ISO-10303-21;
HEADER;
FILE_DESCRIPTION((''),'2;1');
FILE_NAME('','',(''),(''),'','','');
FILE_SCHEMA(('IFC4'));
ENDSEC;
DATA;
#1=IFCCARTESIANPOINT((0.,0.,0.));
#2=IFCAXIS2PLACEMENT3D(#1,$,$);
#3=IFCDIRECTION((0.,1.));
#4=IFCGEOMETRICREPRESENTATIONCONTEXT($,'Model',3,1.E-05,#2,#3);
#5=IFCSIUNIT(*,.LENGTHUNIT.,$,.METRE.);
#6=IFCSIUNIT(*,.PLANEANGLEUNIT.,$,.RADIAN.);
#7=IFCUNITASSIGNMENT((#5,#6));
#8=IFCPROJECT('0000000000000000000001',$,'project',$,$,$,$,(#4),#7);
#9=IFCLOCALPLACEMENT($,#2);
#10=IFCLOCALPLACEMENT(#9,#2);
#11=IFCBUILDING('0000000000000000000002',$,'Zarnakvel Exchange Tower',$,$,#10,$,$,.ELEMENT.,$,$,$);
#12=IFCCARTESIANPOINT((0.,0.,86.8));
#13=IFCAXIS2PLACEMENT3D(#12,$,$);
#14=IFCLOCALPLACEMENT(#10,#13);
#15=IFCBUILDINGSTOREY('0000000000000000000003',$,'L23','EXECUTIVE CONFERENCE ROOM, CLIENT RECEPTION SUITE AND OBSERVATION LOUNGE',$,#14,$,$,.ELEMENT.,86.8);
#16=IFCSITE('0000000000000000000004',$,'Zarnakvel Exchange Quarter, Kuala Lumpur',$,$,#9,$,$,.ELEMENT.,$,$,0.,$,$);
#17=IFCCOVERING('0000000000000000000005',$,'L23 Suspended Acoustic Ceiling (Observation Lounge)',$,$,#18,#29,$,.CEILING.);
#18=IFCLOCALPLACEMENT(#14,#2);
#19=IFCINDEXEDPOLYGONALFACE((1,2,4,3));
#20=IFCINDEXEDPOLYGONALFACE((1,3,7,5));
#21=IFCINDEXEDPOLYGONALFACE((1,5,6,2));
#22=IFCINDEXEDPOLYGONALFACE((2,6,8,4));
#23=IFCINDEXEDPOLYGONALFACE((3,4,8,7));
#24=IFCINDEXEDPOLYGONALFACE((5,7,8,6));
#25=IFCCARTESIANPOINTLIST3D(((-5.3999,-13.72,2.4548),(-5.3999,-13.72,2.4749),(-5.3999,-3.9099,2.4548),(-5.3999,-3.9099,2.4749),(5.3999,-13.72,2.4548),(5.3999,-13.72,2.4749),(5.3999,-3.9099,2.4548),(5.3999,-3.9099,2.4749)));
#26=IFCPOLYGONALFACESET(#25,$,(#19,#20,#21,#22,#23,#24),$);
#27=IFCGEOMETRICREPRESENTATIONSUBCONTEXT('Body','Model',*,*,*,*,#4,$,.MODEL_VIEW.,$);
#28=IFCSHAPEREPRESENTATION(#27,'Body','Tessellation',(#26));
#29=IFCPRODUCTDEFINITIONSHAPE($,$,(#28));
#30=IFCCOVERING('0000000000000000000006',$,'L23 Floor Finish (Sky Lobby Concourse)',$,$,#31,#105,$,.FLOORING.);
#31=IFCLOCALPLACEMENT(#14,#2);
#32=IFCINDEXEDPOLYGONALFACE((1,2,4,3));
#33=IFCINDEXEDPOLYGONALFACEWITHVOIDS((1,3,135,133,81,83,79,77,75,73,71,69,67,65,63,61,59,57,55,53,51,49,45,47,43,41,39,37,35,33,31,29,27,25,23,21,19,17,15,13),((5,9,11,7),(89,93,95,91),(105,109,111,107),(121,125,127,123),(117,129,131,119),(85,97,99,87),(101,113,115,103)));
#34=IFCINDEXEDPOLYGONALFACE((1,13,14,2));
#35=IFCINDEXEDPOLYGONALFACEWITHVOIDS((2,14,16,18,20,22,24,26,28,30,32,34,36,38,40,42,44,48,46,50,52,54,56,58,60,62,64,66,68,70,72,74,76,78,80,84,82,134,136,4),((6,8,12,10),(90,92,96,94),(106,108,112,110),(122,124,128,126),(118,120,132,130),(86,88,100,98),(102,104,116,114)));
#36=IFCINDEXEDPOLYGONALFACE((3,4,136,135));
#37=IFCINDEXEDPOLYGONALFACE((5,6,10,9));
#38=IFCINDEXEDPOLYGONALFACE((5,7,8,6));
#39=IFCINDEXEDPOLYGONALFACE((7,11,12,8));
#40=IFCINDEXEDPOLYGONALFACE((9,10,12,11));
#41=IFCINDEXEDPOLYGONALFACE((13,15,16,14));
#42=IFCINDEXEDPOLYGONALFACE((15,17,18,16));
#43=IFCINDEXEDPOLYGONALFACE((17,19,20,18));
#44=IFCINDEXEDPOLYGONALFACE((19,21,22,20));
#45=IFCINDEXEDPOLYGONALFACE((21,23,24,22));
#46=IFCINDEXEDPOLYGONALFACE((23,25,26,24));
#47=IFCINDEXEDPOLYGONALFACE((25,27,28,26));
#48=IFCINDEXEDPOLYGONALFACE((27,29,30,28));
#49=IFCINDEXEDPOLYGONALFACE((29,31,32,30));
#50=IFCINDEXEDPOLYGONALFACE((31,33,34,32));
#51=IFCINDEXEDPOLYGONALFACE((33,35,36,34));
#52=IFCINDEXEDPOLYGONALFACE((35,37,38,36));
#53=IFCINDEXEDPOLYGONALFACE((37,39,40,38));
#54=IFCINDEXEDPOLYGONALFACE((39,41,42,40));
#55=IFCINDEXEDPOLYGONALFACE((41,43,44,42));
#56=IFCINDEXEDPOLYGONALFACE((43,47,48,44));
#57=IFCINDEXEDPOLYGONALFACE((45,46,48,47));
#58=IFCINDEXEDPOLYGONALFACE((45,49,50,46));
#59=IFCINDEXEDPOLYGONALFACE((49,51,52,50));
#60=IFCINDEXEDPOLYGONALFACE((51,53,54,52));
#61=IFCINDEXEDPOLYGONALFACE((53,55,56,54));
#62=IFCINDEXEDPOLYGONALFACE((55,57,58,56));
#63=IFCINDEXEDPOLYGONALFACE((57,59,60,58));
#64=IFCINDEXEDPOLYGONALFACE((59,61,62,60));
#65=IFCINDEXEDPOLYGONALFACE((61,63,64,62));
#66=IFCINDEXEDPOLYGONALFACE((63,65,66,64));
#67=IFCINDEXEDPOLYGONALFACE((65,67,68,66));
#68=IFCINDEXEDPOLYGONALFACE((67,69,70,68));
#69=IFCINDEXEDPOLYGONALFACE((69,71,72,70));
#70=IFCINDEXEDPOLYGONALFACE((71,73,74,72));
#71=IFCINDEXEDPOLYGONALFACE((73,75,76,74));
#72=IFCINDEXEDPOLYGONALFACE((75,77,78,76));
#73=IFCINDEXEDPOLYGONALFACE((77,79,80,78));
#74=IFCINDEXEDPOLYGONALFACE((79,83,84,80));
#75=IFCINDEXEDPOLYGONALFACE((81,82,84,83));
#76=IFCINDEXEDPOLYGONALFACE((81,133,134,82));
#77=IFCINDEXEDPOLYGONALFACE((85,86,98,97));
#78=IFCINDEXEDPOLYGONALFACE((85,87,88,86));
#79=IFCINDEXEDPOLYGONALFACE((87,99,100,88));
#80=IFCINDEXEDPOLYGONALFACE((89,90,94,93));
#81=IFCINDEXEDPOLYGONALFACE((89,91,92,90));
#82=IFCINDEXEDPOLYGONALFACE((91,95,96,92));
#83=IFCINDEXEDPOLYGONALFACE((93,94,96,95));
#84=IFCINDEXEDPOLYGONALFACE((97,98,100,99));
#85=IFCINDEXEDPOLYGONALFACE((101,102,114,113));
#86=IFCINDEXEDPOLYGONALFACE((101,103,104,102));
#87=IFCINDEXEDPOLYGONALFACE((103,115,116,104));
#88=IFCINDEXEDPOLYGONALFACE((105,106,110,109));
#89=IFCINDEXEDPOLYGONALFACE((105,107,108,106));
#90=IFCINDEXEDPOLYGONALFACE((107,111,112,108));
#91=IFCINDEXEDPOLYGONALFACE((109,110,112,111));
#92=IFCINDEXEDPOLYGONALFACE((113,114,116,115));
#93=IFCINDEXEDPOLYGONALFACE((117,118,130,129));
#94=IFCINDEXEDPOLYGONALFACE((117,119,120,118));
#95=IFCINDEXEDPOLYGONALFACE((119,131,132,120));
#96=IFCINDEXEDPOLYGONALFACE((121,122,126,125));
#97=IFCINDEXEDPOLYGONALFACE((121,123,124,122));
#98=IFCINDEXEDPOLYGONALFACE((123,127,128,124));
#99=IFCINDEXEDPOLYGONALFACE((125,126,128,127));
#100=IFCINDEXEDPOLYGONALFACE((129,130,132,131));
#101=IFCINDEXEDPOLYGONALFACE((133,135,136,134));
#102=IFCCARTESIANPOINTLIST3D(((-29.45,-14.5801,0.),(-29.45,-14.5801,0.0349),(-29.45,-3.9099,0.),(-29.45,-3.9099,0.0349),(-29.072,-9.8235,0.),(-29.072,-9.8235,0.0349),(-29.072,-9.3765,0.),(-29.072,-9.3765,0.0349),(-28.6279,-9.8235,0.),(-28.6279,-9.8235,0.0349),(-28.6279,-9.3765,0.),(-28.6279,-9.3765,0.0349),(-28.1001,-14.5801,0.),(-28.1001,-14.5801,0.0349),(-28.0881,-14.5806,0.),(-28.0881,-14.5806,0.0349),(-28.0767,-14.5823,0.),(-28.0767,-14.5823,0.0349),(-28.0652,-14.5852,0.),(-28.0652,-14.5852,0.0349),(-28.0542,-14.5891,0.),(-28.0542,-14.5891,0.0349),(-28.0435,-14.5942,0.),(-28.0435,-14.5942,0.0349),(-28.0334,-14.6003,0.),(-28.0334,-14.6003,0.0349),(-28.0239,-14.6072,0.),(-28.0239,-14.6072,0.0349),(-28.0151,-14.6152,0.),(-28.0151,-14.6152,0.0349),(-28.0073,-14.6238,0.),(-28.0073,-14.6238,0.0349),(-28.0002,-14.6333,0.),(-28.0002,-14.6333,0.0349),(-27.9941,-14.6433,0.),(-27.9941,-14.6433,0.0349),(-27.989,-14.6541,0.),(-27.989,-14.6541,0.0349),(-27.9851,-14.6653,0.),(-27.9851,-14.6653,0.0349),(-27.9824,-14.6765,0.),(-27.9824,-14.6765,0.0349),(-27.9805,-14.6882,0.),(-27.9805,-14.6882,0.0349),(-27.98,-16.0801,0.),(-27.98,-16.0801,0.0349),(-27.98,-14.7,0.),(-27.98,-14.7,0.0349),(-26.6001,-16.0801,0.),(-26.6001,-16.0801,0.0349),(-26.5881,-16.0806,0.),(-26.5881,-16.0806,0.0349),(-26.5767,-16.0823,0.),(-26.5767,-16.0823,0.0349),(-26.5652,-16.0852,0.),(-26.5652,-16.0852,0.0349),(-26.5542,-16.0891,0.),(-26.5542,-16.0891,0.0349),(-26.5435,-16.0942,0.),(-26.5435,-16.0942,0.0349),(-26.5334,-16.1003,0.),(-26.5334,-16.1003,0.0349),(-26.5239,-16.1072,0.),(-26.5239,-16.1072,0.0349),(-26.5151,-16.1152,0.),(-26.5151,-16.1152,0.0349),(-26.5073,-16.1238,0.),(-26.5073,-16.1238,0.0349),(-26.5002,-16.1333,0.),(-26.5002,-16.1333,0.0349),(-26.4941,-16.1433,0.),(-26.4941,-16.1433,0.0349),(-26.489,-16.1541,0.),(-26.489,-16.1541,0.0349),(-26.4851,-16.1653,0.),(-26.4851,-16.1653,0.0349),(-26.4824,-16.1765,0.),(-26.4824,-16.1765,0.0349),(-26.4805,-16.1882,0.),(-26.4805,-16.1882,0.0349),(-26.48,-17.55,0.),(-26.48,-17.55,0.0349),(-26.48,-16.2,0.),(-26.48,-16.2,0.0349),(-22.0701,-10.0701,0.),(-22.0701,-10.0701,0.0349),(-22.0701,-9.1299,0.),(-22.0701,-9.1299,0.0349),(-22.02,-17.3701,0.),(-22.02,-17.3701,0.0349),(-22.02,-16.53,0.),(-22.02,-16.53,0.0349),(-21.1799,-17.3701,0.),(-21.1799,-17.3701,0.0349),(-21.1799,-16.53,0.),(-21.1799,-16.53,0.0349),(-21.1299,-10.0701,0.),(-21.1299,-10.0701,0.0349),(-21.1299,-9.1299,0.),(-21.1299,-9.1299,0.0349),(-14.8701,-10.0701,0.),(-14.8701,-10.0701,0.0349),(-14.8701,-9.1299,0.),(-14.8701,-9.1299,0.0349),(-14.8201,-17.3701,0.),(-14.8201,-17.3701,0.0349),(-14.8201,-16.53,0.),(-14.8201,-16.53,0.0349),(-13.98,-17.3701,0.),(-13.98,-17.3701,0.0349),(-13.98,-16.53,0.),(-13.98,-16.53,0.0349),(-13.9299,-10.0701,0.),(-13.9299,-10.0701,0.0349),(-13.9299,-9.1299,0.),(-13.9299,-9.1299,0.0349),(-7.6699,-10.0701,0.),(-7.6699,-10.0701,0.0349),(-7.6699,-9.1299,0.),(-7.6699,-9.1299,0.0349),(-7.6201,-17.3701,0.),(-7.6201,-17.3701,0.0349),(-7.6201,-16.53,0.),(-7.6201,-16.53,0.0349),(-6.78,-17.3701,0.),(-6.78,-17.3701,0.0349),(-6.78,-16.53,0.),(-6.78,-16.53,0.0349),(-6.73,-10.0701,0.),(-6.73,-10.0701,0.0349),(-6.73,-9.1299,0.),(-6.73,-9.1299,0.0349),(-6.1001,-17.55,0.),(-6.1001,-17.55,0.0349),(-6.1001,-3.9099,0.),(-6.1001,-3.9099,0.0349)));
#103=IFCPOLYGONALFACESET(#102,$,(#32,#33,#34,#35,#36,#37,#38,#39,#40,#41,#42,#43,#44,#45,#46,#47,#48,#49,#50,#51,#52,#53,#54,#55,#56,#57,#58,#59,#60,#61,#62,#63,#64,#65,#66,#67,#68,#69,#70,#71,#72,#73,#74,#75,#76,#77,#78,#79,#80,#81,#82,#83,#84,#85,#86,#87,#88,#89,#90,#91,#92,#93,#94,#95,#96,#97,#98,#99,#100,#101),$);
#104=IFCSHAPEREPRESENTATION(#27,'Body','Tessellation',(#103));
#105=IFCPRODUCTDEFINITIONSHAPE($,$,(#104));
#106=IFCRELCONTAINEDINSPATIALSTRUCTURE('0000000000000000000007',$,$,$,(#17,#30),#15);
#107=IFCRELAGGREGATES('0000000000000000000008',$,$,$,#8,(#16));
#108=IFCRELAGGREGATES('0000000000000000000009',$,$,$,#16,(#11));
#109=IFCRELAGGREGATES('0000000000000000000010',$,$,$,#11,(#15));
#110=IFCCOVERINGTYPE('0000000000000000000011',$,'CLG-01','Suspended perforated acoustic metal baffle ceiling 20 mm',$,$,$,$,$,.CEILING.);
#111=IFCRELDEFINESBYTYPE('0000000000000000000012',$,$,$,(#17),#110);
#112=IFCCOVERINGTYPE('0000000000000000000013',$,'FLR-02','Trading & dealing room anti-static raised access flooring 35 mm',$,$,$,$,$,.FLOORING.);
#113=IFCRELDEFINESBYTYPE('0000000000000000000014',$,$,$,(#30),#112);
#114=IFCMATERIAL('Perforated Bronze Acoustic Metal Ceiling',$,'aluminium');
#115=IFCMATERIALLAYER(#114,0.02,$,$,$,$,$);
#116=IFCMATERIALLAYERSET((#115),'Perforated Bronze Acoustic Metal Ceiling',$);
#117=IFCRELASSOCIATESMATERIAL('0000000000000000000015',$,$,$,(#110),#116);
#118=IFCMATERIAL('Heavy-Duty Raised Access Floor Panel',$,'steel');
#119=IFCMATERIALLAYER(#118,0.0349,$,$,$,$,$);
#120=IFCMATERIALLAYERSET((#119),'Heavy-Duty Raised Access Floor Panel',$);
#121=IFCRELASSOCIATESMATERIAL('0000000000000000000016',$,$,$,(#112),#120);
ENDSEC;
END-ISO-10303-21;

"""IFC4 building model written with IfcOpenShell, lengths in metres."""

from ifc_helpers import new_model, si_unit, direction, frame, origin, place, context, subcontext, project, spatial, polyline, outline, extrude, material, layer, layer_set, type_object, element, save


model = new_model("IFC4")

# Units and contexts
model_context = context("Model", 3, precision=1e-05, world=origin(), true_north=direction((0.0, 1.0)))
body_context = subcontext(model_context, "Body", "Model", "MODEL_VIEW")
ifc_project = project(units=[si_unit("LENGTHUNIT", "METRE"), si_unit("PLANEANGLEUNIT", "RADIAN")], contexts=[model_context])

# Site, building, storey
site_placement = place(None, origin())
site = spatial("IfcSite", under=ifc_project, at=site_placement, Name="Zarnakvel Exchange Quarter, Kuala Lumpur", CompositionType="ELEMENT", RefElevation=0.0)
building_placement = place(site_placement, origin())
building = spatial("IfcBuilding", under=site, at=building_placement, Name="Zarnakvel Exchange Tower", CompositionType="ELEMENT")
storey_placement = place(building_placement, frame((0.0, 0.0, 86.8)))
storey = spatial("IfcBuildingStorey", under=building, at=storey_placement, Name="L23", Description="EXECUTIVE CONFERENCE ROOM, CLIENT RECEPTION SUITE AND OBSERVATION LOUNGE", CompositionType="ELEMENT", Elevation=86.8)

# Coverings
ifc_material_1 = material(Name="Perforated Bronze Acoustic Metal Ceiling", Category="aluminium")
ifc_layer_1 = layer(ifc_material_1, 0.02)
ifc_layer_set_1 = layer_set([ifc_layer_1], Name="Perforated Bronze Acoustic Metal Ceiling")
covering_type_1 = type_object("IfcCoveringType", Name="CLG-01", Description="Suspended perforated acoustic metal baffle ceiling 20 mm", PredefinedType="CEILING", material=ifc_layer_set_1)
covering_1_placement = place(storey_placement, frame((0.0, 0.0, 2.4548)))
element("IfcCovering", 1, at=covering_1_placement, inside=storey, type_object=covering_type_1, Name="L23 Suspended Acoustic Ceiling (Observation Lounge)", PredefinedType="CEILING", context=body_context, shape_type="SweptSolid", body=[
    extrude(outline(polyline([(-5.3999, -3.9099), (5.3999, -3.9099), (5.3999, -13.72), (-5.3999, -13.72), (-5.3999, -3.9099)])), origin(), (0.0, 0.0, 1.0), 0.02),
])
ifc_material_2 = material(Name="Heavy-Duty Raised Access Floor Panel", Category="steel")
ifc_layer_2 = layer(ifc_material_2, 0.0349)
ifc_layer_set_2 = layer_set([ifc_layer_2], Name="Heavy-Duty Raised Access Floor Panel")
covering_type_2 = type_object("IfcCoveringType", Name="FLR-02", Description="Trading & dealing room anti-static raised access flooring 35 mm", PredefinedType="FLOORING", material=ifc_layer_set_2)
covering_2_placement = place(storey_placement, origin())
element("IfcCovering", 2, at=covering_2_placement, inside=storey, type_object=covering_type_2, Name="L23 Floor Finish (Sky Lobby Concourse)", PredefinedType="FLOORING", context=body_context, shape_type="SweptSolid", body=[
    extrude(outline(polyline([(-6.1001, -3.9099), (-6.1001, -17.55), (-26.48, -17.55), (-26.48, -16.2), (-26.4805, -16.1882), (-26.4824, -16.1765), (-26.4851, -16.1653), (-26.489, -16.1541), (-26.4941, -16.1433), (-26.5002, -16.1333), (-26.5073, -16.1238), (-26.5151, -16.1152), (-26.5239, -16.1072), (-26.5334, -16.1003), (-26.5435, -16.0942), (-26.5542, -16.0891), (-26.5652, -16.0852), (-26.5767, -16.0823), (-26.5881, -16.0806), (-26.6001, -16.0801), (-27.98, -16.0801), (-27.98, -14.7), (-27.9805, -14.6882), (-27.9824, -14.6765), (-27.9851, -14.6653), (-27.989, -14.6541), (-27.9941, -14.6433), (-28.0002, -14.6333), (-28.0073, -14.6238), (-28.0151, -14.6152), (-28.0239, -14.6072), (-28.0334, -14.6003), (-28.0435, -14.5942), (-28.0542, -14.5891), (-28.0652, -14.5852), (-28.0767, -14.5823), (-28.0881, -14.5806), (-28.1001, -14.5801), (-29.45, -14.5801), (-29.45, -3.9099), (-6.1001, -3.9099)]), holes=[polyline([(-7.6699, -10.0701), (-6.73, -10.0701), (-6.73, -9.1299), (-7.6699, -9.1299), (-7.6699, -10.0701)]), polyline([(-6.78, -17.3701), (-6.78, -16.53), (-7.6201, -16.53), (-7.6201, -17.3701), (-6.78, -17.3701)]), polyline([(-13.9299, -10.0701), (-13.9299, -9.1299), (-14.8701, -9.1299), (-14.8701, -10.0701), (-13.9299, -10.0701)]), polyline([(-13.98, -17.3701), (-13.98, -16.53), (-14.8201, -16.53), (-14.8201, -17.3701), (-13.98, -17.3701)]), polyline([(-21.1299, -10.0701), (-21.1299, -9.1299), (-22.0701, -9.1299), (-22.0701, -10.0701), (-21.1299, -10.0701)]), polyline([(-21.1799, -17.3701), (-21.1799, -16.53), (-22.02, -16.53), (-22.02, -17.3701), (-21.1799, -17.3701)]), polyline([(-29.072, -9.8235), (-28.6279, -9.8235), (-28.6279, -9.3765), (-29.072, -9.3765), (-29.072, -9.8235)])]), origin(), (0.0, 0.0, 1.0), 0.0349),
])

save(model, "model.ifc")
